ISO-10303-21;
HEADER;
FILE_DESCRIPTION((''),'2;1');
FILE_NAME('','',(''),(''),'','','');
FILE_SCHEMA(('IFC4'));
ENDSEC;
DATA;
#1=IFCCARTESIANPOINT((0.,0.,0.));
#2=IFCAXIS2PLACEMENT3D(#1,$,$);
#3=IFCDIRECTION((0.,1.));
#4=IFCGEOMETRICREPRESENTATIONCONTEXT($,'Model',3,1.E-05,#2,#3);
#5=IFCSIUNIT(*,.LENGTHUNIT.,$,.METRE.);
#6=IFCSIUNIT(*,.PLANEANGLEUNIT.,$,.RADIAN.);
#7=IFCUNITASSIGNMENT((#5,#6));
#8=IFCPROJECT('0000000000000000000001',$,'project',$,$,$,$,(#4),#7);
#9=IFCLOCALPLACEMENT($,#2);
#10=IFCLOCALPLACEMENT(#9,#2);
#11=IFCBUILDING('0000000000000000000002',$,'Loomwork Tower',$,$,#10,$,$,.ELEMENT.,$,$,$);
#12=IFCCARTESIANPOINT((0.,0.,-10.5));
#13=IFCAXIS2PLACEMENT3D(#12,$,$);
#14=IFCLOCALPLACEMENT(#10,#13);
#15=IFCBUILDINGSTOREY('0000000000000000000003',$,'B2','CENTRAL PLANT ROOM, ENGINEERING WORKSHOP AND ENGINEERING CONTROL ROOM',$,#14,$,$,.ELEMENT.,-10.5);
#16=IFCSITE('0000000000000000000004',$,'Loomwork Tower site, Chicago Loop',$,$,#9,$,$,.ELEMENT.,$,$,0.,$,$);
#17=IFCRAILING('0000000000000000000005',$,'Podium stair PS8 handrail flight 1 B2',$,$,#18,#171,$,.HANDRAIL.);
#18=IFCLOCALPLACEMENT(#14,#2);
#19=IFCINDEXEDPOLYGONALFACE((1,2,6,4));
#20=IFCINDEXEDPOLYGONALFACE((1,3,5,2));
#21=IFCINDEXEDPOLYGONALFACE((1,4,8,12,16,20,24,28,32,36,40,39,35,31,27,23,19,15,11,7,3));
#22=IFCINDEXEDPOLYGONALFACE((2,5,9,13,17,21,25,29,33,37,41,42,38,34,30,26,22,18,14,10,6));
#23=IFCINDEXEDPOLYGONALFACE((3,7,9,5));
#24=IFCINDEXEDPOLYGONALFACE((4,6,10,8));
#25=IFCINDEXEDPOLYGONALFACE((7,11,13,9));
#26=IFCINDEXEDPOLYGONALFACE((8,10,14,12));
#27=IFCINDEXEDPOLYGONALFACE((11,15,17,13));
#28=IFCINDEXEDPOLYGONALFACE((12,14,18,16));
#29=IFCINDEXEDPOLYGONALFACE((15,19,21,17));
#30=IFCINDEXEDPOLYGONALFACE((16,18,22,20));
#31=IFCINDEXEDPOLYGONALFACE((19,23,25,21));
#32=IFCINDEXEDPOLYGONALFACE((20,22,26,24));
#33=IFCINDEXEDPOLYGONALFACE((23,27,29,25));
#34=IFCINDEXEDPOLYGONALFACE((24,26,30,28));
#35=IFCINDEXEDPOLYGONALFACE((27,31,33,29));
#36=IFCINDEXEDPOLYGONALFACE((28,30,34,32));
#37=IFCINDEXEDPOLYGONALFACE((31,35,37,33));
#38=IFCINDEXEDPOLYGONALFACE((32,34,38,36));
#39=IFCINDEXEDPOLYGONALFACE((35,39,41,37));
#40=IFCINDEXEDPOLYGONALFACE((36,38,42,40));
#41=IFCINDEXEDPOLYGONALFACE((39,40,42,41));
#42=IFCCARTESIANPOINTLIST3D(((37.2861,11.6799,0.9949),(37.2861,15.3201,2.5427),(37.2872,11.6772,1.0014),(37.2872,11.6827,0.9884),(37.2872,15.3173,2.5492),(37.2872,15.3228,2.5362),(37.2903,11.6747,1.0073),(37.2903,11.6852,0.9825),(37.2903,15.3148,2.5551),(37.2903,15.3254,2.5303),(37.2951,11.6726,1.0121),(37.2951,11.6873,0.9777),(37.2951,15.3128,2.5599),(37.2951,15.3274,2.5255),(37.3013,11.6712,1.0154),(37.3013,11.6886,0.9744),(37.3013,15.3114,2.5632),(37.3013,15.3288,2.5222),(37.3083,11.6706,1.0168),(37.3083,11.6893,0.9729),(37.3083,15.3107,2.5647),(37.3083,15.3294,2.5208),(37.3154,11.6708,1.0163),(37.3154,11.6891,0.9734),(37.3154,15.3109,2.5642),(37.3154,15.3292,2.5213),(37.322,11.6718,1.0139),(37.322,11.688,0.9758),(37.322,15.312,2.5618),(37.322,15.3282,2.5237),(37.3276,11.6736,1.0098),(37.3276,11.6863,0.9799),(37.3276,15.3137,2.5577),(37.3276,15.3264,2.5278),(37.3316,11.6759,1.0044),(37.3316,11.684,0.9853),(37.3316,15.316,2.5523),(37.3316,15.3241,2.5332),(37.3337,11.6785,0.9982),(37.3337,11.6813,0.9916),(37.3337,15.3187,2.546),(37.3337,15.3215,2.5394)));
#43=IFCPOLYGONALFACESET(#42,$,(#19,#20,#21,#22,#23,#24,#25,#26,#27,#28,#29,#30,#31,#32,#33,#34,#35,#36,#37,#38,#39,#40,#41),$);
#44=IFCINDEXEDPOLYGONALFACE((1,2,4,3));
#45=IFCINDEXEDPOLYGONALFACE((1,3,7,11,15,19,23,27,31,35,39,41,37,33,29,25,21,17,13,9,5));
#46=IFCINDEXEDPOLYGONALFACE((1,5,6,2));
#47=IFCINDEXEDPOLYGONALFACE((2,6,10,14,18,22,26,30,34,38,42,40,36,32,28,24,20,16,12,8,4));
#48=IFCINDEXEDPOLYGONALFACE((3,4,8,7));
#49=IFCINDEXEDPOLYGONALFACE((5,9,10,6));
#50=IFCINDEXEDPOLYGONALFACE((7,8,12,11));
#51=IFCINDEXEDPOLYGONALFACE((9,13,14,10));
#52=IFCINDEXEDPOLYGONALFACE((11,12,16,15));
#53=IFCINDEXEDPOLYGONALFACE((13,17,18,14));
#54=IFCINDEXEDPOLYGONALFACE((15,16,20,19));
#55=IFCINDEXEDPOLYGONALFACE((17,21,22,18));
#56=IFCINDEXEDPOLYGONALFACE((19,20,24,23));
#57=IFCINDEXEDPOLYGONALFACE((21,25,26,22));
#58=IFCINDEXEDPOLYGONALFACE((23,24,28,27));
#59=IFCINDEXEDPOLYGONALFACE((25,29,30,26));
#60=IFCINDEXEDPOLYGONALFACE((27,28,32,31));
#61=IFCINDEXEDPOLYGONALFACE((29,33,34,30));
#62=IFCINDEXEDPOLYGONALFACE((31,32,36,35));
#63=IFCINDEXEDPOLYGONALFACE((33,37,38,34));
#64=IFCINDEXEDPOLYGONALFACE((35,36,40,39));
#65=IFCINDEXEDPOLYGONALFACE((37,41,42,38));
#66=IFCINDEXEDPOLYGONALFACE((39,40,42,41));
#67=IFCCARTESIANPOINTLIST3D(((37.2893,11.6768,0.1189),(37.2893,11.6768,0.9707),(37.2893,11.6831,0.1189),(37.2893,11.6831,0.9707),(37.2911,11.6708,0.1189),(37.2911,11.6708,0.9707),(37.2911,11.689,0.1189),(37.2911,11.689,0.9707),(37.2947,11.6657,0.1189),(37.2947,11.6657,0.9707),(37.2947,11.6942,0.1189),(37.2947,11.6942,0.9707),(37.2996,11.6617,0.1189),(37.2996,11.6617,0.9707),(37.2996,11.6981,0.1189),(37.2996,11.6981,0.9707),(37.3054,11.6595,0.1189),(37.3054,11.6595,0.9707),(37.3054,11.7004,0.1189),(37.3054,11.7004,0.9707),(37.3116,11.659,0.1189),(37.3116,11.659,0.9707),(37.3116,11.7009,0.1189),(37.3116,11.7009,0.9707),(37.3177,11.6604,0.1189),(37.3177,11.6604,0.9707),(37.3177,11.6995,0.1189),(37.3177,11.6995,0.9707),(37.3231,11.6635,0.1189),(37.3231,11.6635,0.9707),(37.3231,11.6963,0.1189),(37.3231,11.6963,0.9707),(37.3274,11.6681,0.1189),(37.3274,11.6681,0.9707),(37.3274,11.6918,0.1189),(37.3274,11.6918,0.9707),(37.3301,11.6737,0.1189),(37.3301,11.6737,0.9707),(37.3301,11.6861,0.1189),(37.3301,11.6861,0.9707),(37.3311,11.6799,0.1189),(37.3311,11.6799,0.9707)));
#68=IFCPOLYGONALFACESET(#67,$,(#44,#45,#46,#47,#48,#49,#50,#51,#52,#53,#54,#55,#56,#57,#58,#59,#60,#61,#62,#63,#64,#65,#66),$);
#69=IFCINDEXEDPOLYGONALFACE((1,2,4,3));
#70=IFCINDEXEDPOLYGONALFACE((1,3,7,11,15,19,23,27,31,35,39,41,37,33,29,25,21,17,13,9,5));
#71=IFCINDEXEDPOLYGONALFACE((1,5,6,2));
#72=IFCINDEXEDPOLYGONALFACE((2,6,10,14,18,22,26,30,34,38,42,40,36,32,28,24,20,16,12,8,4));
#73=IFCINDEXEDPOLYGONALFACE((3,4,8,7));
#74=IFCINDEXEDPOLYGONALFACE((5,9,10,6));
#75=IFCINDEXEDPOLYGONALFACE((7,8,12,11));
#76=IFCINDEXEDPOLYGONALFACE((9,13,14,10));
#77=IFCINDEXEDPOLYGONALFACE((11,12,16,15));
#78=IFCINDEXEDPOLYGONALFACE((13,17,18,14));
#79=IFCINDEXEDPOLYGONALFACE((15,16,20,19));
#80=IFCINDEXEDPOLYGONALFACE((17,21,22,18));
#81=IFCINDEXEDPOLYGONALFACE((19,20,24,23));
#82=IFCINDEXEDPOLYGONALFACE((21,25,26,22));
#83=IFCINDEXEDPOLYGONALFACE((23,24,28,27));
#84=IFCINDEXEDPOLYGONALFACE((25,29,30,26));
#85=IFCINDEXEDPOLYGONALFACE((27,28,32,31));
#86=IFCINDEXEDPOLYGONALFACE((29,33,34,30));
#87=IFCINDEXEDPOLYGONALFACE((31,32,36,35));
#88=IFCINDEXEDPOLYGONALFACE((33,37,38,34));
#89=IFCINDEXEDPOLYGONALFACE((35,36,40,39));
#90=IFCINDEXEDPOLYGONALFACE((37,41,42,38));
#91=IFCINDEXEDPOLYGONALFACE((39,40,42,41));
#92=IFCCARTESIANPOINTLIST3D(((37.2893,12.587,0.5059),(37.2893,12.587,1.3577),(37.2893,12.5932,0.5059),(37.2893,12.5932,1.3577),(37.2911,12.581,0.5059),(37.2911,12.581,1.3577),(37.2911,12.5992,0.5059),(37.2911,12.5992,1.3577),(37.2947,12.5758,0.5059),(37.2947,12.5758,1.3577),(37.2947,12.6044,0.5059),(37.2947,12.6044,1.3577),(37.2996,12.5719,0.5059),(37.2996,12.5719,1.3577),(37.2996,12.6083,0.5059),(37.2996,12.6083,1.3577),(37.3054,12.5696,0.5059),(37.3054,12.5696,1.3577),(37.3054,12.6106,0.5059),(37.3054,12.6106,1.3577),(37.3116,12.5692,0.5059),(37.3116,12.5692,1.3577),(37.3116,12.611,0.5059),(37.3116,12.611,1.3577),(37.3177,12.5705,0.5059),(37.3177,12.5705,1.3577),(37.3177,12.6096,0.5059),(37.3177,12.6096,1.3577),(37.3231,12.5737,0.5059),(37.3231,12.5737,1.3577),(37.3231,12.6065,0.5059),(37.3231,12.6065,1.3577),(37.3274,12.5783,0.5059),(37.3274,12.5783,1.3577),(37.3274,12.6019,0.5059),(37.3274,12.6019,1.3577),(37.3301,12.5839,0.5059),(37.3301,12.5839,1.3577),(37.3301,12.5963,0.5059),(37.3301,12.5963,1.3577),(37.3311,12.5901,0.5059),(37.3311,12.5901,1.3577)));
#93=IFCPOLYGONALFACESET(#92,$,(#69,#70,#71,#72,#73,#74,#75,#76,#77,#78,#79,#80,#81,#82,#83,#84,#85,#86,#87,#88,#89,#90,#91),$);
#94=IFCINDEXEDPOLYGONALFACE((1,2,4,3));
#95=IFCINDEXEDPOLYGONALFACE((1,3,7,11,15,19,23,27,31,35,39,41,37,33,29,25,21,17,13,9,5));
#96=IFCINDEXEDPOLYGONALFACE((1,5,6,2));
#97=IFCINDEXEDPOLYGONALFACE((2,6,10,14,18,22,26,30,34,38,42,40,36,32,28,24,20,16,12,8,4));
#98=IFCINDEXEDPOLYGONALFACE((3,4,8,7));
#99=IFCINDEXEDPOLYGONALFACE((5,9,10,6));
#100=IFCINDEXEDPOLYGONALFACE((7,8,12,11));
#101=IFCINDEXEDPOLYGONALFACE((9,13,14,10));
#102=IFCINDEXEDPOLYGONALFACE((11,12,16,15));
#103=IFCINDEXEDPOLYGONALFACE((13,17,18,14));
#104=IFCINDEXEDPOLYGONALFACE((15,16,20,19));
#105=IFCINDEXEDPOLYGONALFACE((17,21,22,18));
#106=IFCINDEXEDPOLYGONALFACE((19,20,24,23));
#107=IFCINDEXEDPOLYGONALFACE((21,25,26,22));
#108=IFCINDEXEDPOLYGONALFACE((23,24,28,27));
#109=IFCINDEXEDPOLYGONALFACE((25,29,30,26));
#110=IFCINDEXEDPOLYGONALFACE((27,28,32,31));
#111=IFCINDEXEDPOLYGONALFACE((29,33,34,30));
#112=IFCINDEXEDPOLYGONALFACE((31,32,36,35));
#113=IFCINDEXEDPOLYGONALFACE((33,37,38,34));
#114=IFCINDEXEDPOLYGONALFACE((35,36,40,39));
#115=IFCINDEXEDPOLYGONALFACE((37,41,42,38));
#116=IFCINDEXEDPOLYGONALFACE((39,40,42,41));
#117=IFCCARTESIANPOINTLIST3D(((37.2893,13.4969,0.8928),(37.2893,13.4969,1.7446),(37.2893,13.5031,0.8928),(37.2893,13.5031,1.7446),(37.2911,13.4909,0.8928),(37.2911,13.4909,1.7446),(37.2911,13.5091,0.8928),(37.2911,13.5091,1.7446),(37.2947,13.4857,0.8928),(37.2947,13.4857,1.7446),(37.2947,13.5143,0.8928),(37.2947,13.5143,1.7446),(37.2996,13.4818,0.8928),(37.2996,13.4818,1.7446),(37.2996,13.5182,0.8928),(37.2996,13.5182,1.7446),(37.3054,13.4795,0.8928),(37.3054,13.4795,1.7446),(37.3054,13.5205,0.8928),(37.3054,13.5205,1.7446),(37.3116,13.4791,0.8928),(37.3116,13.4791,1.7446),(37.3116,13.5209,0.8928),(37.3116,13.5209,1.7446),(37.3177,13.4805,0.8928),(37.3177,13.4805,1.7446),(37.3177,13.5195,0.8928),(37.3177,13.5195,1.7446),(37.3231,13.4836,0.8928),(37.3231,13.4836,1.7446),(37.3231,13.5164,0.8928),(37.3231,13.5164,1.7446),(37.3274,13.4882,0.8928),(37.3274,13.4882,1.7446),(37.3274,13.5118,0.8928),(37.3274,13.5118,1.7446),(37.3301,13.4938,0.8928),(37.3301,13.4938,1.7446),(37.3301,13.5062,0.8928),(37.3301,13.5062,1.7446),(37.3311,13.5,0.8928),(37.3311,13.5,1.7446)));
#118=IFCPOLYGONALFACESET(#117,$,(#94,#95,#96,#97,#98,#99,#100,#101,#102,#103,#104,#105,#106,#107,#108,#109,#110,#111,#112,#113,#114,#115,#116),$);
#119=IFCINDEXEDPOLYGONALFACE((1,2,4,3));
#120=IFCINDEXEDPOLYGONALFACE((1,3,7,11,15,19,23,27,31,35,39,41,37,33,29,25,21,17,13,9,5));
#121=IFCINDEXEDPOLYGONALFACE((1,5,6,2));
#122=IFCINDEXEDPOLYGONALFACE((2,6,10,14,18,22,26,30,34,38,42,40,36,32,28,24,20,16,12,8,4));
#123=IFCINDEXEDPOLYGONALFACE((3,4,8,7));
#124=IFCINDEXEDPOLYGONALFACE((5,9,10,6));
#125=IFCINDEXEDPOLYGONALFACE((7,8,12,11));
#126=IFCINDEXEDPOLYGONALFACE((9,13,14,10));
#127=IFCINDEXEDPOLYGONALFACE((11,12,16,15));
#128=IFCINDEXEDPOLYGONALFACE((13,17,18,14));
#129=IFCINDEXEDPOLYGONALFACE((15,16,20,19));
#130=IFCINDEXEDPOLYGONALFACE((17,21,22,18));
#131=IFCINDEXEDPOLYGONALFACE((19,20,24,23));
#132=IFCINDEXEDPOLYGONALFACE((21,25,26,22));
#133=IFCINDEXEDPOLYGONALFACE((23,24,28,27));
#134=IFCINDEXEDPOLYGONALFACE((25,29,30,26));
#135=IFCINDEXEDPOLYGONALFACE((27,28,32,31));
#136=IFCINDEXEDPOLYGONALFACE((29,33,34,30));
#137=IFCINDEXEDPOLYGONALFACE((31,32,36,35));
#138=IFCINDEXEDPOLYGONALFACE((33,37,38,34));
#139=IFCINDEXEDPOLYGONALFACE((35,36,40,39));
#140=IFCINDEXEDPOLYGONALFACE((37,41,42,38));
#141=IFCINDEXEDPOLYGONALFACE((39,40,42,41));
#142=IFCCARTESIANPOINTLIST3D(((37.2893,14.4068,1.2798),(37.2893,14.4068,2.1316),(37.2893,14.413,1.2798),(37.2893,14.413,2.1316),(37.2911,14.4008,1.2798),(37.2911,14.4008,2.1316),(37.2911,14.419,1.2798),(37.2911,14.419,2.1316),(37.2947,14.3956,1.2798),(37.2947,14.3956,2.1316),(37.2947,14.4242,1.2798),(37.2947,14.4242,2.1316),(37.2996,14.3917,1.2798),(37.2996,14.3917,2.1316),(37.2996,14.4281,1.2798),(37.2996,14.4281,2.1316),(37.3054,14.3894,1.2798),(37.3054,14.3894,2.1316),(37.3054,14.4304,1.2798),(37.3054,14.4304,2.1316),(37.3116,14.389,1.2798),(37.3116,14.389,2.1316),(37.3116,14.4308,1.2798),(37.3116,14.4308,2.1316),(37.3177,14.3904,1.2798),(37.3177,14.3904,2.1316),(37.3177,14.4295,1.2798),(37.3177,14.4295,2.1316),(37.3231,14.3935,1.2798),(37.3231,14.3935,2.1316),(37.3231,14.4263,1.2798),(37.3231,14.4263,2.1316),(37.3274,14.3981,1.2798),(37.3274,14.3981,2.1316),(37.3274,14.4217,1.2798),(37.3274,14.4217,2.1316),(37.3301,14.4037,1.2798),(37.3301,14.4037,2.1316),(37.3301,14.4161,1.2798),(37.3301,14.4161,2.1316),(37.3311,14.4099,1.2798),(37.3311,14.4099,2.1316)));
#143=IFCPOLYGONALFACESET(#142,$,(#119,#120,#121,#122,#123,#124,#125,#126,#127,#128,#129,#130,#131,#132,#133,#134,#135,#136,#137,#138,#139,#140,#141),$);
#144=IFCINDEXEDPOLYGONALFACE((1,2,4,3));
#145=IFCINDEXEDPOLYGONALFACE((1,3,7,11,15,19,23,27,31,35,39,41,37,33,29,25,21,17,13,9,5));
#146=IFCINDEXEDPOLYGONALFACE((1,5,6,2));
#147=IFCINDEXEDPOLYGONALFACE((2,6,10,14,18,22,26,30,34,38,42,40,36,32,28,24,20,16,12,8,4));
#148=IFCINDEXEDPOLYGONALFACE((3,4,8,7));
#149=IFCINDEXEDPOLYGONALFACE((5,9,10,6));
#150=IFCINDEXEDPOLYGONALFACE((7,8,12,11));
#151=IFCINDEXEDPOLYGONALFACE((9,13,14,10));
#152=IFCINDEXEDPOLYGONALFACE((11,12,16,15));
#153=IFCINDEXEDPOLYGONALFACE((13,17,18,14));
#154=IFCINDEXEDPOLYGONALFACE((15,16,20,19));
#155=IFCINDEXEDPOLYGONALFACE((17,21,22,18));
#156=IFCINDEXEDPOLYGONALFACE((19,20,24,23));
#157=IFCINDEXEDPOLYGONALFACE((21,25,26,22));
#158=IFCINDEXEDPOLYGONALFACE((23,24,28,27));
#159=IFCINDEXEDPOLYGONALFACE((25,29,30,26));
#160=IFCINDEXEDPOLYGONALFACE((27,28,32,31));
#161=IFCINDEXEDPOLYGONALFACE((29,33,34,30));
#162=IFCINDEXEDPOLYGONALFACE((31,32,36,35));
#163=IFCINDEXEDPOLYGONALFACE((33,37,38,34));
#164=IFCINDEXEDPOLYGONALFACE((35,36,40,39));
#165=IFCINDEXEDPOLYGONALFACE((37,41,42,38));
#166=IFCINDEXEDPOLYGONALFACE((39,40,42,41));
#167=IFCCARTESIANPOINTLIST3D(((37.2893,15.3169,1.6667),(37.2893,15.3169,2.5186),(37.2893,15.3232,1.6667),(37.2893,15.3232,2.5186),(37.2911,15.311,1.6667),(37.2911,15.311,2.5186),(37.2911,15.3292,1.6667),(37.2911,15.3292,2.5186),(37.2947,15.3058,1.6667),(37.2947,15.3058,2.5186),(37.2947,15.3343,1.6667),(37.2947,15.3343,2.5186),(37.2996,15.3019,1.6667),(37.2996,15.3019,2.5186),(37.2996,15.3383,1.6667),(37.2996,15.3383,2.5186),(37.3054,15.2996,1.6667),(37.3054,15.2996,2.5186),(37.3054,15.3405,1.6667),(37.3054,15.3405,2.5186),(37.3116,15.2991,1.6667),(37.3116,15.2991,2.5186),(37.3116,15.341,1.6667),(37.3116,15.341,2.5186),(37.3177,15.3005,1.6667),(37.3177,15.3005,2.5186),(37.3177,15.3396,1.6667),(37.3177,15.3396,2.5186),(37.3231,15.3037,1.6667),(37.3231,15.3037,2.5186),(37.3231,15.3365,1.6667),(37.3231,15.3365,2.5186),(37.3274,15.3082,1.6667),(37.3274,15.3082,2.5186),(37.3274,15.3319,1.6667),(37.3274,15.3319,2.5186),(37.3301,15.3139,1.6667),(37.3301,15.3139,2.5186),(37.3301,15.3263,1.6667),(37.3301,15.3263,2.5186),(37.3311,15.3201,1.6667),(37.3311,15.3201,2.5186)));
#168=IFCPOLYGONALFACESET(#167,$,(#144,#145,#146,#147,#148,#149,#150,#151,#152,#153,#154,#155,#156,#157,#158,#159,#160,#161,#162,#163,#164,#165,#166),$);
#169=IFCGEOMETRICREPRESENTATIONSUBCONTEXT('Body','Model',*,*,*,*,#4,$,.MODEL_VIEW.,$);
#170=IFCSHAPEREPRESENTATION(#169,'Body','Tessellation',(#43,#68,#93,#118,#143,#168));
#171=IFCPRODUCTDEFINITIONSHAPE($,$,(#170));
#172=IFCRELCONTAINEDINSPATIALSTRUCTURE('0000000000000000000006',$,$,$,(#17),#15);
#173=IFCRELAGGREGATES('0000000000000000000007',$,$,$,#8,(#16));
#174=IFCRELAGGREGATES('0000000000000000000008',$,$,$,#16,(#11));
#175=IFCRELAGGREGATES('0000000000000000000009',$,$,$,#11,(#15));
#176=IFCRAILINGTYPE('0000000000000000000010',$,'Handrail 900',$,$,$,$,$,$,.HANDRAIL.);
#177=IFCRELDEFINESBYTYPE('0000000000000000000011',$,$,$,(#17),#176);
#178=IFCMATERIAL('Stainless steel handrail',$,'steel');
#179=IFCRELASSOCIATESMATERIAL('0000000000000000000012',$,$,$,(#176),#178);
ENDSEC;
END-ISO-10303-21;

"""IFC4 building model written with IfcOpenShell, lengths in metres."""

from ifc_helpers import new_model, si_unit, direction, frame, origin, origin_2d, place, context, subcontext, project, spatial, circle, extrude, material, type_object, element, save


model = new_model("IFC4")

# Units and contexts
model_context = context("Model", 3, precision=1e-05, world=origin(), true_north=direction((0.0, 1.0)))
body_context = subcontext(model_context, "Body", "Model", "MODEL_VIEW")
ifc_project = project(units=[si_unit("LENGTHUNIT", "METRE"), si_unit("PLANEANGLEUNIT", "RADIAN")], contexts=[model_context])

# Site, building, storey
site_placement = place(None, origin())
site = spatial("IfcSite", under=ifc_project, at=site_placement, Name="Loomwork Tower site, Chicago Loop", CompositionType="ELEMENT", RefElevation=0.0)
building_placement = place(site_placement, origin())
building = spatial("IfcBuilding", under=site, at=building_placement, Name="Loomwork Tower", CompositionType="ELEMENT")
storey_placement = place(building_placement, frame((0.0, 0.0, -10.5)))
storey = spatial("IfcBuildingStorey", under=building, at=storey_placement, Name="B2", Description="CENTRAL PLANT ROOM, ENGINEERING WORKSHOP AND ENGINEERING CONTROL ROOM", CompositionType="ELEMENT", Elevation=-10.5)

# Railing
ifc_material_1 = material(Name="Stainless steel handrail", Category="steel")
railing_type = type_object("IfcRailingType", Name="Handrail 900", PredefinedType="HANDRAIL", material=ifc_material_1)
railing_1_placement = place(storey_placement, frame((37.3101, 11.6799, 0.1189)))
element("IfcRailing", 1, at=railing_1_placement, inside=storey, type_object=railing_type, Name="Podium stair PS8 handrail flight 1 B2", PredefinedType="HANDRAIL", context=body_context, shape_type="SweptSolid", body=[
    extrude(circle(Radius=0.0239, at=origin_2d()), frame((0.0, 0.0, 0.876), z_axis=(0.0, 0.920259, 0.391311), x_axis=(-1.0, 0.0, 0.0)), (0.0, 0.0, 1.0), 3.9556),
    extrude(circle(Radius=0.021, at=origin_2d()), origin(), (0.0, 0.0, 1.0), 0.8518),
    extrude(circle(Radius=0.021, at=origin_2d()), frame((0.0, 0.9102, 0.387)), (0.0, 0.0, 1.0), 0.8518),
    extrude(circle(Radius=0.021, at=origin_2d()), frame((0.0, 1.8201, 0.7739)), (0.0, 0.0, 1.0), 0.8518),
    extrude(circle(Radius=0.021, at=origin_2d()), frame((0.0, 2.73, 1.1609)), (0.0, 0.0, 1.0), 0.8518),
    extrude(circle(Radius=0.021, at=origin_2d()), frame((0.0, 3.6401, 1.5479)), (0.0, 0.0, 1.0), 0.8518),
])

save(model, "model.ifc")
